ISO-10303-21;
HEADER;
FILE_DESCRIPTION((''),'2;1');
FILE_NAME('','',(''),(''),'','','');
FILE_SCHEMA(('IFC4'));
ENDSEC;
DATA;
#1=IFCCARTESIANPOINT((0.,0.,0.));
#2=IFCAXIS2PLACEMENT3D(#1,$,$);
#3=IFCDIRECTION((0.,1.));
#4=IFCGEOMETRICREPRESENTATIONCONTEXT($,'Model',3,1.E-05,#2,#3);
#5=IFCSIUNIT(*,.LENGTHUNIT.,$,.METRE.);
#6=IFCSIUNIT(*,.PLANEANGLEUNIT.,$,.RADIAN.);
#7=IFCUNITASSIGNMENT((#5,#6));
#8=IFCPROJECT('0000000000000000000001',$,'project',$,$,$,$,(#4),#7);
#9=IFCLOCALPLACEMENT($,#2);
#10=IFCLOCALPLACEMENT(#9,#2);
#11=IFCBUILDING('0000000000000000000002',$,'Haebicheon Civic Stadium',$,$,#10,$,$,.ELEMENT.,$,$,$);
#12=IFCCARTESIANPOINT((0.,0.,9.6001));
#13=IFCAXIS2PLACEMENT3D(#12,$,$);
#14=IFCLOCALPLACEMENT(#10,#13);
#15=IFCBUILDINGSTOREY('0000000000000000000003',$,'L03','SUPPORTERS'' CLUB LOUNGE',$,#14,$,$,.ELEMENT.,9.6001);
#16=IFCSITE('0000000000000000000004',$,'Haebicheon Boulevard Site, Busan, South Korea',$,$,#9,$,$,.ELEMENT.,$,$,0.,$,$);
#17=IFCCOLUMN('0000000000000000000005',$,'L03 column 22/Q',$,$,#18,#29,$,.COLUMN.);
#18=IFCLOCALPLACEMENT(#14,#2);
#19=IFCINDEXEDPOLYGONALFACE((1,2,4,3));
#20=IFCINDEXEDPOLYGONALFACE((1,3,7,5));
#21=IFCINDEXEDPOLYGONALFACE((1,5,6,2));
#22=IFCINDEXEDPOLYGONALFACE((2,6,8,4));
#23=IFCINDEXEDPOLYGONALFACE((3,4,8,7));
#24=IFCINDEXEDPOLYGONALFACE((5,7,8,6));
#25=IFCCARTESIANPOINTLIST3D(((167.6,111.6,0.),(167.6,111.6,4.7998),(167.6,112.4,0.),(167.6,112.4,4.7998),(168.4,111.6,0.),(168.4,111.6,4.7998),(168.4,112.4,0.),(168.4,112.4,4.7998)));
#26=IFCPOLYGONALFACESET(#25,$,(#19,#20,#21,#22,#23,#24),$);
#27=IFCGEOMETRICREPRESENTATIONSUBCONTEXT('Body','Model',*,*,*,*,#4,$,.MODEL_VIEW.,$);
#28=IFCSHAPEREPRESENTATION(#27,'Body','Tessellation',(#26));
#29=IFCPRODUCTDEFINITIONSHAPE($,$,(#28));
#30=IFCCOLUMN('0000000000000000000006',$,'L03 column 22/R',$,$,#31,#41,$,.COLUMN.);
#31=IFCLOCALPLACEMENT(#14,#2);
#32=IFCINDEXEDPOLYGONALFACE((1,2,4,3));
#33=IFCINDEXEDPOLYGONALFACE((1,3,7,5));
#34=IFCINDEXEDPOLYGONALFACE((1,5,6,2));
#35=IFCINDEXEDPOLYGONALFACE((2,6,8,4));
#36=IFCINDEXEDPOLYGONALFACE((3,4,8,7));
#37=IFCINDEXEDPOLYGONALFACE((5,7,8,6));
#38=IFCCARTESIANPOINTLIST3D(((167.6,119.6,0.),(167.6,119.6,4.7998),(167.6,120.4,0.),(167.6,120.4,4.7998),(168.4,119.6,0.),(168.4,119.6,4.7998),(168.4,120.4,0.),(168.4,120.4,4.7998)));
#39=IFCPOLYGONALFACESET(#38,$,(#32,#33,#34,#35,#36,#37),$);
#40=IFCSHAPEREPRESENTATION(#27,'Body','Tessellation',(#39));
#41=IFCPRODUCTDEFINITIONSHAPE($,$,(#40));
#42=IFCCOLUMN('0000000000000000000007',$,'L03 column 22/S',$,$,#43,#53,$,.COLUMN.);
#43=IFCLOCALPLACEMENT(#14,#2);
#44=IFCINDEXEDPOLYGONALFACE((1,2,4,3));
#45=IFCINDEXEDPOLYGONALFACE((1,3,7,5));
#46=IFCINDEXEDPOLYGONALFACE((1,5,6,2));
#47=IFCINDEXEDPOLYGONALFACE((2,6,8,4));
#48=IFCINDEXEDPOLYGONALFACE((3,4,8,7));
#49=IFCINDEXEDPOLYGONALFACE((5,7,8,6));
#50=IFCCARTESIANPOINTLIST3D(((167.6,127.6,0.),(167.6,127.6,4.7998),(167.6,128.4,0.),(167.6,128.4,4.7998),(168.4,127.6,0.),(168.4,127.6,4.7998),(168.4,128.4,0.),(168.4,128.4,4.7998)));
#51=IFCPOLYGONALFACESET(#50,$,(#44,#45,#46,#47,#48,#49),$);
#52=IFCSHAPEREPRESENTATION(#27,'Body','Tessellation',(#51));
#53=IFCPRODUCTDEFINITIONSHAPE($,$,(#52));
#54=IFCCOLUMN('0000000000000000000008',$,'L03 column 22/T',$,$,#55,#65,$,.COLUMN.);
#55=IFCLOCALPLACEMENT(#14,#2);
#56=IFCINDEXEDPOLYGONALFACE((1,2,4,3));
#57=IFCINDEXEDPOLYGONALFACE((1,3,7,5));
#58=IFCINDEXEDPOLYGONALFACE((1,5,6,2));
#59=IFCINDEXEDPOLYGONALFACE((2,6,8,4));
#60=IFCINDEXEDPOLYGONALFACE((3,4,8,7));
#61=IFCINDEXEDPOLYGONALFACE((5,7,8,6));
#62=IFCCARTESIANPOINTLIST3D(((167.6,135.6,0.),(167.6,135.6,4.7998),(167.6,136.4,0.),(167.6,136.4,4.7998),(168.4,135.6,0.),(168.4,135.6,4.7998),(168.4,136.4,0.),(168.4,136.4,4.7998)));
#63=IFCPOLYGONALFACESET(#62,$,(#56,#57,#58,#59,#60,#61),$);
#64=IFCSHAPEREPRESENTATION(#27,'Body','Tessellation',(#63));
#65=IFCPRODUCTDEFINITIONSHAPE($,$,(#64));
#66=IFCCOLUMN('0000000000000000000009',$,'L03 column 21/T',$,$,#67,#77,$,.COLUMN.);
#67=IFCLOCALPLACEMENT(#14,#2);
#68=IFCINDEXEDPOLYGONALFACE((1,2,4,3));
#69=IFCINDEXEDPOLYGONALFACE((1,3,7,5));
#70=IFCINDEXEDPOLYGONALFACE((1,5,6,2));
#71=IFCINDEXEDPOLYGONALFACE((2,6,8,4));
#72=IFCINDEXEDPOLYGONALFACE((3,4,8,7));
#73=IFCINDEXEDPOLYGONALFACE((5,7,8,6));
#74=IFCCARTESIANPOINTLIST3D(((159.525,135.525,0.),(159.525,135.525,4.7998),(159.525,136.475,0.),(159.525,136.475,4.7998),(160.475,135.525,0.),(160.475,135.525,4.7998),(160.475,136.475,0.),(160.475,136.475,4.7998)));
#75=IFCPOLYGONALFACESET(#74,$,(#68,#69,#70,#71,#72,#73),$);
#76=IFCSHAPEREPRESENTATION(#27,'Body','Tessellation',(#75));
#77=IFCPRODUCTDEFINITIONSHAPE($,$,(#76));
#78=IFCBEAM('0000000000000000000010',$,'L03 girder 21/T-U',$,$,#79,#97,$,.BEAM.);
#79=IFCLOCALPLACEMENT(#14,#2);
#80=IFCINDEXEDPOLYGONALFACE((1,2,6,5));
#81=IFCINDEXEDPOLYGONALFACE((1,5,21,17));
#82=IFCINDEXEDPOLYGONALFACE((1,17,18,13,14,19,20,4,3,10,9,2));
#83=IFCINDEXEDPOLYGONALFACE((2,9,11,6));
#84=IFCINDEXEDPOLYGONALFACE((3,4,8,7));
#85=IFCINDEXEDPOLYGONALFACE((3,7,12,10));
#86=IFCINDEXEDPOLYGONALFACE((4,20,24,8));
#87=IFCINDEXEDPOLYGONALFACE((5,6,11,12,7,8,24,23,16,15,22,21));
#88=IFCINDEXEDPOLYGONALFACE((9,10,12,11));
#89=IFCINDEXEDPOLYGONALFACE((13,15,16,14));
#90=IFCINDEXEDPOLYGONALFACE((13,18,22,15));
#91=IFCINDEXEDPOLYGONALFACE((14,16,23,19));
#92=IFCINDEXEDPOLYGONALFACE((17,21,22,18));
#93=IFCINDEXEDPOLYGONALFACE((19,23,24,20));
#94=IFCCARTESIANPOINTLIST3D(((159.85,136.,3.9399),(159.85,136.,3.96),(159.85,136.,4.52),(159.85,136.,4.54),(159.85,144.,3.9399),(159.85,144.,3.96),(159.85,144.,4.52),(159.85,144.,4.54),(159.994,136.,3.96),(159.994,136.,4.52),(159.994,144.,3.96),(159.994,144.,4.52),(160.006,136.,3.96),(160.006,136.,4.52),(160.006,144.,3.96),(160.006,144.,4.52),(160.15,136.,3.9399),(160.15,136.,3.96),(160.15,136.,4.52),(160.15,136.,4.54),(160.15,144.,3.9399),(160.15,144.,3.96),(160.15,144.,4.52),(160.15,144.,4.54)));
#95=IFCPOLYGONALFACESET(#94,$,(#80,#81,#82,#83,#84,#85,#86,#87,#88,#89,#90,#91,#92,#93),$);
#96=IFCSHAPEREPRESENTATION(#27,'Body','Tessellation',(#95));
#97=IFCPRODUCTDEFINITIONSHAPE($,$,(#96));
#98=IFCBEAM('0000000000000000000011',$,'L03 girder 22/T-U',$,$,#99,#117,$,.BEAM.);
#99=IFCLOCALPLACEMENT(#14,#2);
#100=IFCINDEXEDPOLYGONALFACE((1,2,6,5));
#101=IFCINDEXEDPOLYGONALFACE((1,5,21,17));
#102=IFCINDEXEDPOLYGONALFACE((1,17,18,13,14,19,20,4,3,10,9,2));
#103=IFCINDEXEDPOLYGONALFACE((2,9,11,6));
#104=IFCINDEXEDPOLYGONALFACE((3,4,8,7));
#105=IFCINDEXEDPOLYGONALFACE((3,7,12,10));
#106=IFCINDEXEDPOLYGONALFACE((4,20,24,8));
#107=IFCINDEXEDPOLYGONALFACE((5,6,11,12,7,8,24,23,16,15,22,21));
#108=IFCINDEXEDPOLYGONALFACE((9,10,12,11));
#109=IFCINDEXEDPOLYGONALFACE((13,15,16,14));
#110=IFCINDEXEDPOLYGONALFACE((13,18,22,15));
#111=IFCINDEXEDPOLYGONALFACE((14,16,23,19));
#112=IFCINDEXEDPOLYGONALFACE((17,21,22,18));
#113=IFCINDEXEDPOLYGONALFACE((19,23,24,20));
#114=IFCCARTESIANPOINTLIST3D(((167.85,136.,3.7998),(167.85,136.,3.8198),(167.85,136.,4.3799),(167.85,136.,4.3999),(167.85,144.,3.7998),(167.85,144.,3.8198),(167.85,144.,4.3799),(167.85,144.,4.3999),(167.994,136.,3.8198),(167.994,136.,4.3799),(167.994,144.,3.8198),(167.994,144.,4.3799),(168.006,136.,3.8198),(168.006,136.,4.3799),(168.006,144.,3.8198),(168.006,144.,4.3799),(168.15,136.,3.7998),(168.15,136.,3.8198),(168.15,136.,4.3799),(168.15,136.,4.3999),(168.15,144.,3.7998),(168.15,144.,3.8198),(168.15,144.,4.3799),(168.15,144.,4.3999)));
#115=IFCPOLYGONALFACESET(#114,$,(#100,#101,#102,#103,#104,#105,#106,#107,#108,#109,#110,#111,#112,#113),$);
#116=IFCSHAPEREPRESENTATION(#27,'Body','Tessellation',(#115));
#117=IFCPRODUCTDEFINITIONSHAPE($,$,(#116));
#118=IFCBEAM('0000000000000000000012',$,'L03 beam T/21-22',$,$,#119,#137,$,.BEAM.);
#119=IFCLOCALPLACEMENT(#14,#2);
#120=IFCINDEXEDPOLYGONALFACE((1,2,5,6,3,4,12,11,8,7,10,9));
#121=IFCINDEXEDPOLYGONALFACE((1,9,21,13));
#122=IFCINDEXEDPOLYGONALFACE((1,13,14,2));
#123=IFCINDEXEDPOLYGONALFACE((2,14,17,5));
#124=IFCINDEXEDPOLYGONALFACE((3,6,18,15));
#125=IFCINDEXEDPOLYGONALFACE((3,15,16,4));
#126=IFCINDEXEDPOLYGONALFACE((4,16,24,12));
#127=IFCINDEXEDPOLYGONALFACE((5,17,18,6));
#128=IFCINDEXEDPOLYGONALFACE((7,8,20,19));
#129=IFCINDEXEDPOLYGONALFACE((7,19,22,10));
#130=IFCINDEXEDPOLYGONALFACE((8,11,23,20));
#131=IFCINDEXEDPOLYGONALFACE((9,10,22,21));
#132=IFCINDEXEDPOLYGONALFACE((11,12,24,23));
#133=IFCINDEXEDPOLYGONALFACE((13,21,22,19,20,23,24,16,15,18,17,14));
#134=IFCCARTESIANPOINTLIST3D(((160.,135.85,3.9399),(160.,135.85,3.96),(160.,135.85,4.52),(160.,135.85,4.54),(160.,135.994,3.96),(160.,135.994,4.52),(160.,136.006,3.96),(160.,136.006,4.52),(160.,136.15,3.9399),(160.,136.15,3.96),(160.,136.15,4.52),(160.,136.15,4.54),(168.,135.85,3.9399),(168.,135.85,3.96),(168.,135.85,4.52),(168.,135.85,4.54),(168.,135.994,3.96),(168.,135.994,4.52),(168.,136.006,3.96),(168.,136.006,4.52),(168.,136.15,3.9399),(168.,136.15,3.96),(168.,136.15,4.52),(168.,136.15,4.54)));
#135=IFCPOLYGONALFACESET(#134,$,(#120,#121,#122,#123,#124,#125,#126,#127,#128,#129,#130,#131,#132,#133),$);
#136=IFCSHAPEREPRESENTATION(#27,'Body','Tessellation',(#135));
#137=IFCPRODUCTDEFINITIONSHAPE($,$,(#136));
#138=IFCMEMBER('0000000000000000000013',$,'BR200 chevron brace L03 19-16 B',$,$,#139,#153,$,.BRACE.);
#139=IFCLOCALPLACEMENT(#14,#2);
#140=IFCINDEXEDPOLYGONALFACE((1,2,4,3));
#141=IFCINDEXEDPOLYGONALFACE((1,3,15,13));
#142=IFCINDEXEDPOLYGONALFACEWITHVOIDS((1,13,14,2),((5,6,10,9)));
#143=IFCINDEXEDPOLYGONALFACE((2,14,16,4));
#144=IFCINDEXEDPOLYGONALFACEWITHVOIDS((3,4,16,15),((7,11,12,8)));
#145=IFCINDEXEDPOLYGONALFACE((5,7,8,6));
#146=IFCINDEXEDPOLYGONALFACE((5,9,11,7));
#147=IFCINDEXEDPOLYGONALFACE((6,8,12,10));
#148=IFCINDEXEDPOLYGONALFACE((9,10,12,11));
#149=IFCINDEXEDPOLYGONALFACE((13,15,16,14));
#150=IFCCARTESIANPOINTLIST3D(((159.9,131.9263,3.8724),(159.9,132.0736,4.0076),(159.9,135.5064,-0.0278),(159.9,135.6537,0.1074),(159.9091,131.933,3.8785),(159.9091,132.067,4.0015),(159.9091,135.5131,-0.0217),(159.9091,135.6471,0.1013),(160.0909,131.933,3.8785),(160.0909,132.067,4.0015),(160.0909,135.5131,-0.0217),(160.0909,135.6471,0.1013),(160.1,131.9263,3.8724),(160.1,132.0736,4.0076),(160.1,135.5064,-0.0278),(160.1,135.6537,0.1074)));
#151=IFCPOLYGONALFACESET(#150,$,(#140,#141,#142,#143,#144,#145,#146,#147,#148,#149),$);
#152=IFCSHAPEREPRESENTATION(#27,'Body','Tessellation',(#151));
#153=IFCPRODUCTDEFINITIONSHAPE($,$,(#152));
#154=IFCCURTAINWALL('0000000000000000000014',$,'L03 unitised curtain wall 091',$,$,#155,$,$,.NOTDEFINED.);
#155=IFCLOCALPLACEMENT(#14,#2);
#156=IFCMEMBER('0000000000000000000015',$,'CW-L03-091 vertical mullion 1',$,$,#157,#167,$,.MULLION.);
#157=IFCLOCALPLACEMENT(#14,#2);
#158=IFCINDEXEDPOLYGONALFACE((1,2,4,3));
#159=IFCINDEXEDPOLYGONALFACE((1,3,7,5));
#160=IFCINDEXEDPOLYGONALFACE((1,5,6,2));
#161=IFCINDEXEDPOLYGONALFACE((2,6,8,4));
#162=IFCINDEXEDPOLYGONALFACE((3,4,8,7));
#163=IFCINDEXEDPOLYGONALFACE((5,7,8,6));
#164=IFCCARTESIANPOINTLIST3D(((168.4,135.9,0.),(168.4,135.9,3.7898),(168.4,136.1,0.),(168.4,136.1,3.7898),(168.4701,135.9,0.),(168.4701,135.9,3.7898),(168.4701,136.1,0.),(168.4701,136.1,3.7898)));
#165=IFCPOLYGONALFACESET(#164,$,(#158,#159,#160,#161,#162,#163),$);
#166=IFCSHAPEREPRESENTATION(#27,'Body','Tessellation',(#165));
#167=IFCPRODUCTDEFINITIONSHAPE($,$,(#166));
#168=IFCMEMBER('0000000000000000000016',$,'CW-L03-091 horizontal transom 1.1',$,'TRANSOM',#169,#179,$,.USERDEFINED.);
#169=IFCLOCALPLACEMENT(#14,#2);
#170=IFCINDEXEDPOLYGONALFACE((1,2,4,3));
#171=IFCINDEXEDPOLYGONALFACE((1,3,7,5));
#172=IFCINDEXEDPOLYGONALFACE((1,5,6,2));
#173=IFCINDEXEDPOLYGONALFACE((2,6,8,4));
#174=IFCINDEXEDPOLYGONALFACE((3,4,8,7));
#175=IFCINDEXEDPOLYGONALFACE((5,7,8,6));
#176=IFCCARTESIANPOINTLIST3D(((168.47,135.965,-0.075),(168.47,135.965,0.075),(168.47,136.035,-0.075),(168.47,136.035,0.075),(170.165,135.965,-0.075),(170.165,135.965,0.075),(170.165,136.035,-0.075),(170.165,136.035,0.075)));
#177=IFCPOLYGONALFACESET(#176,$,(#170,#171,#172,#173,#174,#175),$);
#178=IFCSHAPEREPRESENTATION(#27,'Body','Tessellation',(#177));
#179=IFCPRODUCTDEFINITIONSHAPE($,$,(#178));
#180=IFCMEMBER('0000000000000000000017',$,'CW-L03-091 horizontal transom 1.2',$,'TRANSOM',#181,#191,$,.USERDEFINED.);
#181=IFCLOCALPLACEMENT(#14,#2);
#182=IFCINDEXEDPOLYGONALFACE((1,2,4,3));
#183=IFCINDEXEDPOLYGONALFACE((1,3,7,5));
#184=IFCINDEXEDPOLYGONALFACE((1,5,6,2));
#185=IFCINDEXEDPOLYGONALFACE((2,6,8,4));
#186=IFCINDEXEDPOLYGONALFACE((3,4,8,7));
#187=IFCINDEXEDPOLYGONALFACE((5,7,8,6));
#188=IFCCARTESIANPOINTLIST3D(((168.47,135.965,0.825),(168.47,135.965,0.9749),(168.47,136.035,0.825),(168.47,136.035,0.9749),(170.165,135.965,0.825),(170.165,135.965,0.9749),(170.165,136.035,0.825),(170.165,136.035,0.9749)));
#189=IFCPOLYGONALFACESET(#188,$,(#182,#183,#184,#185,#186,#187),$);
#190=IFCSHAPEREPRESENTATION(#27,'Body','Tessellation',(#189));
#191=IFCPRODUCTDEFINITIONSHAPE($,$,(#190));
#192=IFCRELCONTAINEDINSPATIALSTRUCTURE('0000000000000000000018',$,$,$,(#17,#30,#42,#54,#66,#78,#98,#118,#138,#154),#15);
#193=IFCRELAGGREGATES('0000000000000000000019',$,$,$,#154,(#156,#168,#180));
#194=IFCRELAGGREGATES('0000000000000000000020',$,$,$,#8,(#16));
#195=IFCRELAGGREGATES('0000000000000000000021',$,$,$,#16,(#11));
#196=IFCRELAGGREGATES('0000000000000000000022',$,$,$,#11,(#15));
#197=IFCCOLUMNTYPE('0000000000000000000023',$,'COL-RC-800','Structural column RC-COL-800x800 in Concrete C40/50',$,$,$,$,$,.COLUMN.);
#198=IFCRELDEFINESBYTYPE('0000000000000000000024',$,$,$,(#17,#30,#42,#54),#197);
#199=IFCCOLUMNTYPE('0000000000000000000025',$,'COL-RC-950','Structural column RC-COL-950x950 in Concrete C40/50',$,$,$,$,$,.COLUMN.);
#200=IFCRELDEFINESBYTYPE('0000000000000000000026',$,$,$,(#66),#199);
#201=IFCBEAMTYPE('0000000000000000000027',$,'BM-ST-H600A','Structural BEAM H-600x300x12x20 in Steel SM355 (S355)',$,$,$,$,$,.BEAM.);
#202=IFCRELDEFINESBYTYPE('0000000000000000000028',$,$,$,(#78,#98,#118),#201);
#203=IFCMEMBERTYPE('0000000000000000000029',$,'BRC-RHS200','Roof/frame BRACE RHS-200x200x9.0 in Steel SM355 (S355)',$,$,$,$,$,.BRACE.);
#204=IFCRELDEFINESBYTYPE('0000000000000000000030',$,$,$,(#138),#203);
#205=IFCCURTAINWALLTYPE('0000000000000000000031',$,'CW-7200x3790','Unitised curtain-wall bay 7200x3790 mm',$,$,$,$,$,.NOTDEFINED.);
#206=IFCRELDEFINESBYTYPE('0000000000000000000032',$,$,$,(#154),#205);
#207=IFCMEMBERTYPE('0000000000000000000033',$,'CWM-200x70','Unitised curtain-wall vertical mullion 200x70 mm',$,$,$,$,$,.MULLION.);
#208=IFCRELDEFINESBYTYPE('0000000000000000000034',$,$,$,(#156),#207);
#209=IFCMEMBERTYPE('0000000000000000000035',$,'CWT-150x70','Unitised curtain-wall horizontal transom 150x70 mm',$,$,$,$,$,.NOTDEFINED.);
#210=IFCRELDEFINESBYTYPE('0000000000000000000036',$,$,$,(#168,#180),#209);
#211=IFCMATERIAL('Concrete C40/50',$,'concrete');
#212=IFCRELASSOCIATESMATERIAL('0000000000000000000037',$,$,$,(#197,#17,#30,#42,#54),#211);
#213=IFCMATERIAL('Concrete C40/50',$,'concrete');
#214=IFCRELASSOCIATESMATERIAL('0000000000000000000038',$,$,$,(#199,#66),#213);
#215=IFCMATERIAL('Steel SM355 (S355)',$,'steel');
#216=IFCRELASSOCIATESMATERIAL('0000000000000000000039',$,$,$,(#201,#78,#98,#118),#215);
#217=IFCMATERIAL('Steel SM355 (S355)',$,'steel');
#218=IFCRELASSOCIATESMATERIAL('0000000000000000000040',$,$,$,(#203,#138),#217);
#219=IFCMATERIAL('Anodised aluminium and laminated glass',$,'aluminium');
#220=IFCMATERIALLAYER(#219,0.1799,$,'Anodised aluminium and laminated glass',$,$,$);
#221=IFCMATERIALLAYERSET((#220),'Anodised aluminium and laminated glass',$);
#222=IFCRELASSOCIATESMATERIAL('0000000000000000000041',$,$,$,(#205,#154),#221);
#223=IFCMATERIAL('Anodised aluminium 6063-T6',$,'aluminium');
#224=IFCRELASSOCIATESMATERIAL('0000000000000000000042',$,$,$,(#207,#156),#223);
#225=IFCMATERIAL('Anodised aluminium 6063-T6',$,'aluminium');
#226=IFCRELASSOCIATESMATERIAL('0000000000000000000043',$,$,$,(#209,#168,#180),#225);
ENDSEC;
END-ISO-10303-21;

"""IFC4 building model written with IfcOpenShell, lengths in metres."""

from ifc_helpers import new_model, si_unit, direction, frame, origin, origin_2d, place, context, subcontext, project, spatial, rectangle, hollow_rectangle, i_section, extrude, material, layer, layer_set, material_profile, profile_set, type_object, element, aggregate, save


model = new_model("IFC4")

# Units and contexts
model_context = context("Model", 3, precision=1e-05, world=origin(), true_north=direction((0.0, 1.0)))
body_context = subcontext(model_context, "Body", "Model", "MODEL_VIEW")
ifc_project = project(units=[si_unit("LENGTHUNIT", "METRE"), si_unit("PLANEANGLEUNIT", "RADIAN")], contexts=[model_context])

# Site, building, storey
site_placement = place(None, origin())
site = spatial("IfcSite", under=ifc_project, at=site_placement, Name="Haebicheon Boulevard Site, Busan, South Korea", CompositionType="ELEMENT", RefElevation=0.0)
building_placement = place(site_placement, origin())
building = spatial("IfcBuilding", under=site, at=building_placement, Name="Haebicheon Civic Stadium", CompositionType="ELEMENT")
storey_placement = place(building_placement, frame((0.0, 0.0, 9.6001)))
storey = spatial("IfcBuildingStorey", under=building, at=storey_placement, Name="L03", Description="SUPPORTERS' CLUB LOUNGE", CompositionType="ELEMENT", Elevation=9.6001)

# Columns
ifc_material_1 = material(Name="Concrete C40/50", Category="concrete")
ifc_material_profile_1 = material_profile(ifc_material_1, rectangle(XDim=0.8, YDim=0.8, at=origin_2d()), Name="RC-COL-800x800")
ifc_profile_set_1 = profile_set([ifc_material_profile_1], Name="Concrete C40/50")
column_type_1 = type_object("IfcColumnType", Name="COL-RC-800", Description="Structural column RC-COL-800x800 in Concrete C40/50", PredefinedType="COLUMN", material=ifc_profile_set_1)
for number, where, z_axis, x_axis, name in (
    (1, (168.0, 112.0, 0.0), (0.0, 0.0, 1.0), (1.0, 0.0, 0.0), "L03 column 22/Q"),
    (2, (168.0, 120.0, 0.0), (0.0, 0.0, 1.0), (1.0, 0.0, 0.0), "L03 column 22/R"),
    (3, (168.0, 128.0, 0.0), (0.0, 0.0, 1.0), (1.0, 0.0, 0.0), "L03 column 22/S"),
    (4, (168.0, 136.0, 0.0), (0.0, 0.0, 1.0), (1.0, 0.0, 0.0), "L03 column 22/T"),
):
    element("IfcColumn", number, at=place(storey_placement, frame(where, z_axis=z_axis, x_axis=x_axis)), inside=storey, type_object=column_type_1, material=ifc_profile_set_1, Name=name, PredefinedType="COLUMN", context=body_context, shape_type="SweptSolid", body=[
        extrude(rectangle(XDim=0.8, YDim=0.8, at=origin_2d()), origin(), (0.0, 0.0, 1.0), 4.7998),
    ])
ifc_material_2 = material(Name="Concrete C40/50", Category="concrete")
ifc_material_profile_2 = material_profile(ifc_material_2, rectangle(XDim=0.95, YDim=0.95, at=origin_2d()), Name="RC-COL-950x950")
ifc_profile_set_2 = profile_set([ifc_material_profile_2], Name="Concrete C40/50")
column_type_2 = type_object("IfcColumnType", Name="COL-RC-950", Description="Structural column RC-COL-950x950 in Concrete C40/50", PredefinedType="COLUMN", material=ifc_profile_set_2)
column_placement = place(storey_placement, frame((160.0, 136.0, 0.0), z_axis=(0.0, 0.0, 1.0), x_axis=(1.0, 0.0, 0.0)))
element("IfcColumn", 5, at=column_placement, inside=storey, type_object=column_type_2, material=ifc_profile_set_2, Name="L03 column 21/T", PredefinedType="COLUMN", context=body_context, shape_type="SweptSolid", body=[
    extrude(rectangle(XDim=0.95, YDim=0.95, at=origin_2d()), origin(), (0.0, 0.0, 1.0), 4.7998),
])

# Beams
ifc_material_3 = material(Name="Steel SM355 (S355)", Category="steel")
ifc_material_profile_3 = material_profile(ifc_material_3, i_section(OverallWidth=0.3, OverallDepth=0.6001, WebThickness=0.012, FlangeThickness=0.02, at=origin_2d()), Name="H-600x300x12x20")
ifc_profile_set_3 = profile_set([ifc_material_profile_3], Name="Steel SM355 (S355)")
beam_type_1 = type_object("IfcBeamType", Name="BM-ST-H600A", Description="Structural BEAM H-600x300x12x20 in Steel SM355 (S355)", PredefinedType="BEAM", material=ifc_profile_set_3)
for number, where, z_axis, x_axis, name in (
    (6, (160.0, 136.0, 4.24), (0.0, 1.0, 0.0), (-1.0, 0.0, 0.0), "L03 girder 21/T-U"),
    (7, (168.0, 136.0, 4.0999), (0.0, 1.0, 0.0), (-1.0, 0.0, 0.0), "L03 girder 22/T-U"),
    (8, (160.0, 136.0, 4.24), (1.0, 0.0, 0.0), (0.0, 1.0, 0.0), "L03 beam T/21-22"),
):
    element("IfcBeam", number, at=place(storey_placement, frame(where, z_axis=z_axis, x_axis=x_axis)), inside=storey, type_object=beam_type_1, material=ifc_profile_set_3, Name=name, PredefinedType="BEAM", context=body_context, shape_type="SweptSolid", body=[
        extrude(i_section(OverallWidth=0.3, OverallDepth=0.6001, WebThickness=0.012, FlangeThickness=0.02, at=origin_2d()), origin(), (0.0, 0.0, 1.0), 8.0),
    ])

# Member
ifc_material_4 = material(Name="Steel SM355 (S355)", Category="steel")
ifc_material_profile_4 = material_profile(ifc_material_4, hollow_rectangle(XDim=0.2, YDim=0.2, WallThickness=0.009, at=origin_2d()), Name="RHS-200x200x9.0")
ifc_profile_set_4 = profile_set([ifc_material_profile_4], Name="Steel SM355 (S355)")
member_type_1 = type_object("IfcMemberType", Name="BRC-RHS200", Description="Roof/frame BRACE RHS-200x200x9.0 in Steel SM355 (S355)", PredefinedType="BRACE", material=ifc_profile_set_4)
member_1_placement = place(storey_placement, frame((160.0, 135.5801, 0.0398), z_axis=(0.0, -0.676232, 0.736689), x_axis=(1.0, 0.0, 0.0)))
element("IfcMember", 9, at=member_1_placement, inside=storey, type_object=member_type_1, material=ifc_profile_set_4, Name="BR200 chevron brace L03 19-16 B", PredefinedType="BRACE", context=body_context, shape_type="SweptSolid", body=[
    extrude(hollow_rectangle(XDim=0.2, YDim=0.2, WallThickness=0.009, at=origin_2d()), origin(), (0.0, 0.0, 1.0), 5.2942),
])

# Curtain wall, members
ifc_material_5 = material(Name="Anodised aluminium and laminated glass", Category="aluminium")
ifc_layer_1 = layer(ifc_material_5, 0.1799, Name="Anodised aluminium and laminated glass")
ifc_layer_set_1 = layer_set([ifc_layer_1], Name="Anodised aluminium and laminated glass")
curtain_wall_type = type_object("IfcCurtainWallType", Name="CW-7200x3790", Description="Unitised curtain-wall bay 7200x3790 mm", PredefinedType="NOTDEFINED", material=ifc_layer_set_1)
curtain_wall_placement = place(storey_placement, origin())
curtain_wall = element("IfcCurtainWall", 10, at=curtain_wall_placement, inside=storey, type_object=curtain_wall_type, material=ifc_layer_set_1, Name="L03 unitised curtain wall 091", PredefinedType="NOTDEFINED")
ifc_material_6 = material(Name="Anodised aluminium 6063-T6", Category="aluminium")
ifc_material_profile_5 = material_profile(ifc_material_6, rectangle(XDim=0.0701, YDim=0.2, at=origin_2d()), Name="ALU-MULL-70x200")
ifc_profile_set_5 = profile_set([ifc_material_profile_5], Name="Anodised aluminium 6063-T6")
member_type_2 = type_object("IfcMemberType", Name="CWM-200x70", Description="Unitised curtain-wall vertical mullion 200x70 mm", PredefinedType="MULLION", material=ifc_profile_set_5)
member_2_placement = place(storey_placement, frame((168.4351, 136.0, 0.0), z_axis=(0.0, 0.0, 1.0), x_axis=(1.0, 0.0, 0.0)))
member_2 = element("IfcMember", 11, at=member_2_placement, type_object=member_type_2, material=ifc_profile_set_5, Name="CW-L03-091 vertical mullion 1", PredefinedType="MULLION", context=body_context, shape_type="SweptSolid", body=[
    extrude(rectangle(XDim=0.0701, YDim=0.2, at=origin_2d()), origin(), (0.0, 0.0, 1.0), 3.7898),
])
ifc_material_7 = material(Name="Anodised aluminium 6063-T6", Category="aluminium")
ifc_material_profile_6 = material_profile(ifc_material_7, rectangle(XDim=0.0701, YDim=0.1499, at=origin_2d()), Name="ALU-TRAN-70x150")
ifc_profile_set_6 = profile_set([ifc_material_profile_6], Name="Anodised aluminium 6063-T6")
member_type_3 = type_object("IfcMemberType", Name="CWT-150x70", Description="Unitised curtain-wall horizontal transom 150x70 mm", PredefinedType="NOTDEFINED", material=ifc_profile_set_6)
member_3_placement = place(storey_placement, frame((168.47, 136.0, 0.0), z_axis=(1.0, 0.0, 0.0), x_axis=(0.0, 1.0, 0.0)))
member_3 = element("IfcMember", 12, at=member_3_placement, type_object=member_type_3, material=ifc_profile_set_6, Name="CW-L03-091 horizontal transom 1.1", ObjectType="TRANSOM", PredefinedType="USERDEFINED", context=body_context, shape_type="SweptSolid", body=[
    extrude(rectangle(XDim=0.0701, YDim=0.1499, at=origin_2d()), origin(), (0.0, 0.0, 1.0), 1.6951),
])
member_4_placement = place(storey_placement, frame((168.47, 136.0, 0.8999), z_axis=(1.0, 0.0, 0.0), x_axis=(0.0, 1.0, 0.0)))
member_4 = element("IfcMember", 13, at=member_4_placement, type_object=member_type_3, material=ifc_profile_set_6, Name="CW-L03-091 horizontal transom 1.2", ObjectType="TRANSOM", PredefinedType="USERDEFINED", context=body_context, shape_type="SweptSolid", body=[
    extrude(rectangle(XDim=0.0701, YDim=0.1499, at=origin_2d()), origin(), (0.0, 0.0, 1.0), 1.6951),
])

aggregate(curtain_wall, [member_2, member_3, member_4])

save(model, "model.ifc")
